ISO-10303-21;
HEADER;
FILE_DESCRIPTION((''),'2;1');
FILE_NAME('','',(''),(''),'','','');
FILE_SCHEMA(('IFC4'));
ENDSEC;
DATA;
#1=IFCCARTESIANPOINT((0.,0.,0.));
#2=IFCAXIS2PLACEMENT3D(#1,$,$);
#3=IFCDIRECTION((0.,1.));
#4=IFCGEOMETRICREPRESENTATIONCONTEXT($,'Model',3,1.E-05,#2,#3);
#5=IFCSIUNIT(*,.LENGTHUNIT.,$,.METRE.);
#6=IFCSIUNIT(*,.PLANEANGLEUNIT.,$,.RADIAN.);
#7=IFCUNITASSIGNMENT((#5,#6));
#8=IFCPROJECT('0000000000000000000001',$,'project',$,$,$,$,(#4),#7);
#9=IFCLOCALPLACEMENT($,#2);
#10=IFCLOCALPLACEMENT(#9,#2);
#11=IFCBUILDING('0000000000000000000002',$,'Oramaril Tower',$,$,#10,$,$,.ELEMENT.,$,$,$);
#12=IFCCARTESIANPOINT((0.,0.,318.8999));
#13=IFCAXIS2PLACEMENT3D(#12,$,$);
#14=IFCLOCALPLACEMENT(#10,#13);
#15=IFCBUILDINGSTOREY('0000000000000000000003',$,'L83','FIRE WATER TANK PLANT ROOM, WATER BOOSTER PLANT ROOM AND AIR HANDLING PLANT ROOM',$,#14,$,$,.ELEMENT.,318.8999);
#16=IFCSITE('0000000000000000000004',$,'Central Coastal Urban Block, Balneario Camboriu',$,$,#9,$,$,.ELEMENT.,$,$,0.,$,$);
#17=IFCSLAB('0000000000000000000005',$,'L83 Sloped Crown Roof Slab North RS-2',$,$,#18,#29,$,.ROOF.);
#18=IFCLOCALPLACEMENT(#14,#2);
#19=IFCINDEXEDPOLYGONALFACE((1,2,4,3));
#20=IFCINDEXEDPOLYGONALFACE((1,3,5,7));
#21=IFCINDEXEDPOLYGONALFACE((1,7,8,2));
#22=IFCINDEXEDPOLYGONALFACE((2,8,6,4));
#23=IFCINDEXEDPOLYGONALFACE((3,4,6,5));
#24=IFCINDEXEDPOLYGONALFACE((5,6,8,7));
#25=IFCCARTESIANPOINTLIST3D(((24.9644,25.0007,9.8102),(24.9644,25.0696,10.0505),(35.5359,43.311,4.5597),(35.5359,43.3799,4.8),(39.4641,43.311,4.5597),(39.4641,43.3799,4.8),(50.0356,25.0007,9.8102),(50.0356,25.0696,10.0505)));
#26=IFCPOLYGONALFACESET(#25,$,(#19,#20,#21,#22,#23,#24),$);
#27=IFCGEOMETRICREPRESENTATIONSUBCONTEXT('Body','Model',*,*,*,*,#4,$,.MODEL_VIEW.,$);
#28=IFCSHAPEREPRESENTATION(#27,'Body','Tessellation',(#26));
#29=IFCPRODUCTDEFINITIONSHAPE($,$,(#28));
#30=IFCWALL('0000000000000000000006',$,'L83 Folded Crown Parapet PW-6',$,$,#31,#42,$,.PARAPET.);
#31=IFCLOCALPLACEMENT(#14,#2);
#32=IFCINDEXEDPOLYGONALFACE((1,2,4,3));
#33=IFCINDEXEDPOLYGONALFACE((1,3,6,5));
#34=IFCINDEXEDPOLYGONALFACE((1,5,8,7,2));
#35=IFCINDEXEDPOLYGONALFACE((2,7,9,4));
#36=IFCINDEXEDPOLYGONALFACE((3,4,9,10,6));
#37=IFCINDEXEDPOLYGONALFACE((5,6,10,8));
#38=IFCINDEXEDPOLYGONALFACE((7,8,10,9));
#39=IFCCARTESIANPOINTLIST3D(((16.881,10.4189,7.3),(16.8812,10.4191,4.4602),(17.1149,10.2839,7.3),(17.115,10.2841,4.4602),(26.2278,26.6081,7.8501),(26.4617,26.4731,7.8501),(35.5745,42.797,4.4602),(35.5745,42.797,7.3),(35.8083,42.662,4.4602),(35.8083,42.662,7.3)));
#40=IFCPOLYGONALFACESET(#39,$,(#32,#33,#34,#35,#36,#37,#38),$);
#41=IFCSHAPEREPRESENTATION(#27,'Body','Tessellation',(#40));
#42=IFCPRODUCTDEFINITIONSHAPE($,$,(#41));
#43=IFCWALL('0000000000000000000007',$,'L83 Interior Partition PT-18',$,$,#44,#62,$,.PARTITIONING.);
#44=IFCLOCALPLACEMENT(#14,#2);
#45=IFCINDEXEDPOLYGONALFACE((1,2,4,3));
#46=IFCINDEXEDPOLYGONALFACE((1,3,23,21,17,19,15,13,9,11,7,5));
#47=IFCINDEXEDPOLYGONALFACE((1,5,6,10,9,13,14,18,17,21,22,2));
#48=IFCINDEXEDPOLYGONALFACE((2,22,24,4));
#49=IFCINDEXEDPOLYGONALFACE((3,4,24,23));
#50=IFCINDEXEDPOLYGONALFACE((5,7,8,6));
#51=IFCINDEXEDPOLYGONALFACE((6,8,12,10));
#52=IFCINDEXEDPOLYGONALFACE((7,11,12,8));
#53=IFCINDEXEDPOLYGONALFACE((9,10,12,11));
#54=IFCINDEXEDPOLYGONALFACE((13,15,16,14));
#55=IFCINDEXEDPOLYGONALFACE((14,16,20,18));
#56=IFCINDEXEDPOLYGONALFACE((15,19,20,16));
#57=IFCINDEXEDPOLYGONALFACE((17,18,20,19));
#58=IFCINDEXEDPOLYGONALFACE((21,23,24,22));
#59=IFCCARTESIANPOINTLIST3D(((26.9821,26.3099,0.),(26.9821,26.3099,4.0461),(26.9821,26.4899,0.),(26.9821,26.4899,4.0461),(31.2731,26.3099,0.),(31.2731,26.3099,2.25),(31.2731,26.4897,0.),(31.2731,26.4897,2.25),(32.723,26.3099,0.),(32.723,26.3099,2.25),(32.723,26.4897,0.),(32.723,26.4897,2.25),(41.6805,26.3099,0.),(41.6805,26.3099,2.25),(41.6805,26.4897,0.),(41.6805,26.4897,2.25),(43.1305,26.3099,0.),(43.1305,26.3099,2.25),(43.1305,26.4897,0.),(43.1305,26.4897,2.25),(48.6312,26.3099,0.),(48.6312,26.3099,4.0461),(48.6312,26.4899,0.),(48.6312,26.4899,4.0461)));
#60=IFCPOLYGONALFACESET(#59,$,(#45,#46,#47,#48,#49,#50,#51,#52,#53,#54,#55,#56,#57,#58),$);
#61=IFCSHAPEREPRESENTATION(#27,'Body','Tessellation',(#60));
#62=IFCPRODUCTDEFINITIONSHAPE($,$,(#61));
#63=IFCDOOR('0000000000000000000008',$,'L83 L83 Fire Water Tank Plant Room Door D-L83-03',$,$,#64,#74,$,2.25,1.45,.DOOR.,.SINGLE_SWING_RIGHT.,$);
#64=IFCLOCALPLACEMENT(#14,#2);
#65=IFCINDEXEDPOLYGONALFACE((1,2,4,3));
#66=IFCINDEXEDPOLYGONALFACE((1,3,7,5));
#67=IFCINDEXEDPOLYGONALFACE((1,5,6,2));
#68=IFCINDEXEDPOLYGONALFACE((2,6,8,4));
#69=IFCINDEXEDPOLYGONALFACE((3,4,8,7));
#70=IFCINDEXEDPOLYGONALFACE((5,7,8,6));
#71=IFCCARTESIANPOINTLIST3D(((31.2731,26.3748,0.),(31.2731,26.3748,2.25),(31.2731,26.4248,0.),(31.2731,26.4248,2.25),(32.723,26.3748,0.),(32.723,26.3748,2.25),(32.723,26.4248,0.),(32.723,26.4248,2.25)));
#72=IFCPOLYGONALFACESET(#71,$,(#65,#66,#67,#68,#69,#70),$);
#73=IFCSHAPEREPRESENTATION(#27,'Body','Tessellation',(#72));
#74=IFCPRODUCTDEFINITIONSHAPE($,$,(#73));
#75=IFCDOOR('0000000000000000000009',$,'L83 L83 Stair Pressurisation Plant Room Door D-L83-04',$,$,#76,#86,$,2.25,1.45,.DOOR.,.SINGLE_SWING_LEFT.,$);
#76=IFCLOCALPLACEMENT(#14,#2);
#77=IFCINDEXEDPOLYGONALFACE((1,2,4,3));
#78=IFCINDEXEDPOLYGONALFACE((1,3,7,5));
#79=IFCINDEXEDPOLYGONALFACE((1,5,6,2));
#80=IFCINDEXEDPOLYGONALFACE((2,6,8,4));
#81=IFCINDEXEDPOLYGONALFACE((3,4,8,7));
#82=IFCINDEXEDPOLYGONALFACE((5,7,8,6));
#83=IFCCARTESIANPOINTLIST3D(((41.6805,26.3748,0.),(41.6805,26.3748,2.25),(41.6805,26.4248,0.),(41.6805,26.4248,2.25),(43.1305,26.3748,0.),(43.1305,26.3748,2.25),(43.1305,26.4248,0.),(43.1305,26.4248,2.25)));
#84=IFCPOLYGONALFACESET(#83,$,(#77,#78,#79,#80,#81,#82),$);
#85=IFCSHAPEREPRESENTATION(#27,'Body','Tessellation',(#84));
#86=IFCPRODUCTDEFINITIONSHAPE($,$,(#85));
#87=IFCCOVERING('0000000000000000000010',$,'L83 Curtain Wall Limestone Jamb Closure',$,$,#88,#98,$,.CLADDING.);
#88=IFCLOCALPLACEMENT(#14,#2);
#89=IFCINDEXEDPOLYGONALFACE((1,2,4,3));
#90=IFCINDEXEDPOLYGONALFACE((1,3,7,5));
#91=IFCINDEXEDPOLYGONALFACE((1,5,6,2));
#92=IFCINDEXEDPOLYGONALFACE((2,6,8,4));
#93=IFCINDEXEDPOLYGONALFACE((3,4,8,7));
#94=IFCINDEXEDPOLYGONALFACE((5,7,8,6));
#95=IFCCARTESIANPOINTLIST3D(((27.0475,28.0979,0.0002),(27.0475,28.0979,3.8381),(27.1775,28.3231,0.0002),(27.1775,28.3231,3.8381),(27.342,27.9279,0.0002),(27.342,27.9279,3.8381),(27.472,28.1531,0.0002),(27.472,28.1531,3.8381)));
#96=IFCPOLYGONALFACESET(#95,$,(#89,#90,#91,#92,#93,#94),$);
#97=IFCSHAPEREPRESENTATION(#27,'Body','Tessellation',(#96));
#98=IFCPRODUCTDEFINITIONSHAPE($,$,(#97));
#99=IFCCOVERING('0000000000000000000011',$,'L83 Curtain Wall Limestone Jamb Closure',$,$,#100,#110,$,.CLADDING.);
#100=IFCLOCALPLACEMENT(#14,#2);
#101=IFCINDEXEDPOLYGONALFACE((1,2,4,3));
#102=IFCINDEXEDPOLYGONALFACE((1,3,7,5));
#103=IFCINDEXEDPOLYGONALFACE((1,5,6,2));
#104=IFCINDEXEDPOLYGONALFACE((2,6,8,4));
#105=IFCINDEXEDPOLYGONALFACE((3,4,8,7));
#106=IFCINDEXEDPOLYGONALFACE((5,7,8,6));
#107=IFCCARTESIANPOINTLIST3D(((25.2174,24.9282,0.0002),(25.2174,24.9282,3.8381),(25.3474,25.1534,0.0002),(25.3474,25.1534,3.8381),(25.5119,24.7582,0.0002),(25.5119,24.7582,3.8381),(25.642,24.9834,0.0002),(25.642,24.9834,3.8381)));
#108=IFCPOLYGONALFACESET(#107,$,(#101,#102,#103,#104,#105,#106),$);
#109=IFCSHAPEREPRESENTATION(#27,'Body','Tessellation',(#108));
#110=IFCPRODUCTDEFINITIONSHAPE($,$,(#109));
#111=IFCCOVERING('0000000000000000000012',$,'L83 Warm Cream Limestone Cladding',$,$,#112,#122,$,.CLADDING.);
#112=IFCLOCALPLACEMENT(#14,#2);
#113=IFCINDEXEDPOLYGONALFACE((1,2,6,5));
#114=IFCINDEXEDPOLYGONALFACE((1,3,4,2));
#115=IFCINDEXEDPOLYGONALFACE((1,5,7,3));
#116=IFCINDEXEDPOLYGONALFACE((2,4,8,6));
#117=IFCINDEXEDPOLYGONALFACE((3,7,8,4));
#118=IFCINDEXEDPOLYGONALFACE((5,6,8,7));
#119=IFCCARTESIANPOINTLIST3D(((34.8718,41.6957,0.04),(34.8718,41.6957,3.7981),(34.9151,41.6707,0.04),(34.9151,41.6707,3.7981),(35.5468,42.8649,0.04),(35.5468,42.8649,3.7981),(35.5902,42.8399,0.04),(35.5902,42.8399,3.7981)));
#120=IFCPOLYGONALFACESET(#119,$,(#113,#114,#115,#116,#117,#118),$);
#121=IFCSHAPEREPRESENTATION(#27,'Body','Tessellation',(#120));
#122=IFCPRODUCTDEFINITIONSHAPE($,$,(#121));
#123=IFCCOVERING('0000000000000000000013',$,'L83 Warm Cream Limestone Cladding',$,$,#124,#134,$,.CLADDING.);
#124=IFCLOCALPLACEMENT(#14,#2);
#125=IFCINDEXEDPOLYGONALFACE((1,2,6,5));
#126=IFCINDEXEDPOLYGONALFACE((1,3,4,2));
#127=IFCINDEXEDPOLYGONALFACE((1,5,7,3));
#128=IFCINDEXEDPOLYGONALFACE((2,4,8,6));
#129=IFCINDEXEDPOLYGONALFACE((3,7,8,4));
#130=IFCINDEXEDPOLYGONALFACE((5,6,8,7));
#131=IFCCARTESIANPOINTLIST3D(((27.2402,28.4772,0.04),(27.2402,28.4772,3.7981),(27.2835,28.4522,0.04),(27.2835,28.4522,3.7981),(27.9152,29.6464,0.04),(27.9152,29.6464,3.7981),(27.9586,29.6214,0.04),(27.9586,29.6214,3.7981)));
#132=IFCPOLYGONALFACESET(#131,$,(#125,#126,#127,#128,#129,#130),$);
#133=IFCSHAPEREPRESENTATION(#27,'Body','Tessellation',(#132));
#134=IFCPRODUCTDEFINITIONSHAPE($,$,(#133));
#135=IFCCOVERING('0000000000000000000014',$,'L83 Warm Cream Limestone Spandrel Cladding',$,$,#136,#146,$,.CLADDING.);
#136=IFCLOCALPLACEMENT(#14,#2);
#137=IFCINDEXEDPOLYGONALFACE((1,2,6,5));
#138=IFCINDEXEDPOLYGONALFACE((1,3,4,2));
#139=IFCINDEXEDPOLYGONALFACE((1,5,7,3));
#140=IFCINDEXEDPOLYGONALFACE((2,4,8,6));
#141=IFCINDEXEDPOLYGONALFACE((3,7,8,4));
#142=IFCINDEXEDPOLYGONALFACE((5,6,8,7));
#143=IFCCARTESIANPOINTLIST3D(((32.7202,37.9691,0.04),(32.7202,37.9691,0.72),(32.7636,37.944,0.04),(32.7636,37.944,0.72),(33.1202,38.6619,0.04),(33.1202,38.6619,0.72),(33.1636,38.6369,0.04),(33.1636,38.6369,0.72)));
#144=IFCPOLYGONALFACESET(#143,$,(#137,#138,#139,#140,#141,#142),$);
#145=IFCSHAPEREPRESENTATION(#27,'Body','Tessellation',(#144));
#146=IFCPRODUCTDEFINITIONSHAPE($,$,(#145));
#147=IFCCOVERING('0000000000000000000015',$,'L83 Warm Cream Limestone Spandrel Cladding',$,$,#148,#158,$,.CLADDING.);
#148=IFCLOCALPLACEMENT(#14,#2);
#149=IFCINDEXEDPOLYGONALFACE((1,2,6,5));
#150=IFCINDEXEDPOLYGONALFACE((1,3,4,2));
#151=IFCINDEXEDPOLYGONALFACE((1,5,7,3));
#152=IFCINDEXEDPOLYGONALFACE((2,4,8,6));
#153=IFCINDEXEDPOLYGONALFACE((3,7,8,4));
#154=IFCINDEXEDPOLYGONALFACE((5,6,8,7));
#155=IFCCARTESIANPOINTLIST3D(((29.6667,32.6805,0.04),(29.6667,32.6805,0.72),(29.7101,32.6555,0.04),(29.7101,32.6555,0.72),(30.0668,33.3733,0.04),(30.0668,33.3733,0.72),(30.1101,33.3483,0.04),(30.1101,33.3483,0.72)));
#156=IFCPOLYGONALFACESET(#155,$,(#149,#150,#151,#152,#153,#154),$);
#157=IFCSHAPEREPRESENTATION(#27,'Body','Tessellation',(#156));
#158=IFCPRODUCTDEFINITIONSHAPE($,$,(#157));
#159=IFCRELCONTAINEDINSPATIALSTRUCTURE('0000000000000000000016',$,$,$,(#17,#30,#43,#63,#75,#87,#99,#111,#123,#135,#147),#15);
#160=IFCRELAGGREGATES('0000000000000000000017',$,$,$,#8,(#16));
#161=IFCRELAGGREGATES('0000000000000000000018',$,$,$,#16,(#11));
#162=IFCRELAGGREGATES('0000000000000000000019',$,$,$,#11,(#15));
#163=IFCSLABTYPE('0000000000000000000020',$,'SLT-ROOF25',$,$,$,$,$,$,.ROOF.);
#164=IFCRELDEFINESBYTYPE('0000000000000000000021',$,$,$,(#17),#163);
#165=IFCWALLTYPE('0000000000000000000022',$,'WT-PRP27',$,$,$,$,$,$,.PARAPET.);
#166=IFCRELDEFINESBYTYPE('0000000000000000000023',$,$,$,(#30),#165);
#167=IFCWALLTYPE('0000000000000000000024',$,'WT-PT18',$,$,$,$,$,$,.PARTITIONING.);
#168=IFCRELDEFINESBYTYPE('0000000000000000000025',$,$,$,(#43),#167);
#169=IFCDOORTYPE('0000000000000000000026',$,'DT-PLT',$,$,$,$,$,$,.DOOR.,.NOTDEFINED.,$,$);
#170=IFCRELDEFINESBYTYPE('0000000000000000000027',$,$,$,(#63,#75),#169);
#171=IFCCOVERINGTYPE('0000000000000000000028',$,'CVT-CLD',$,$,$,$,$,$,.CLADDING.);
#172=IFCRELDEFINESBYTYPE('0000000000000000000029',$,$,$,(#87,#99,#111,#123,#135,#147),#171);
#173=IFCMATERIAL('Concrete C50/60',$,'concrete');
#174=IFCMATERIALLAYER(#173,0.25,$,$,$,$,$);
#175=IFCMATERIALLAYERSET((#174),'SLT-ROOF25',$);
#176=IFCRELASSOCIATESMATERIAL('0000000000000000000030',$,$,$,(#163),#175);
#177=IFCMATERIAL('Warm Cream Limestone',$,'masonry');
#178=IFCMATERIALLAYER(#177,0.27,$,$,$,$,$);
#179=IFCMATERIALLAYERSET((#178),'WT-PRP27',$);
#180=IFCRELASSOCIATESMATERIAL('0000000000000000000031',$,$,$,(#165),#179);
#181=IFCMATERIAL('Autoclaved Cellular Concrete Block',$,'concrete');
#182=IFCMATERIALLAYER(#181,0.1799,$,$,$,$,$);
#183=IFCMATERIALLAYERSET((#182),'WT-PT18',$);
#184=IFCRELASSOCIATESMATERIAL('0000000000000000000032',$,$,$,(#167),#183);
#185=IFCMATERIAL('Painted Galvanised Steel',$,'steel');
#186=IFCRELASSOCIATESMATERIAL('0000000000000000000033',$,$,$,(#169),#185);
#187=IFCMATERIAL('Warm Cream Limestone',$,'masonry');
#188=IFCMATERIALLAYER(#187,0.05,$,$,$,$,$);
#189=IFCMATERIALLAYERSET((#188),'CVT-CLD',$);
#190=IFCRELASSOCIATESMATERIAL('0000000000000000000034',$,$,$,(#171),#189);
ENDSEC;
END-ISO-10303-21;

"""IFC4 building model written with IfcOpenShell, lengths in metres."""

from ifc_helpers import new_model, si_unit, direction, frame, frame_2d, origin, origin_2d, place, context, subcontext, project, spatial, polyline, rectangle, outline, extrude, material, layer, layer_set, type_object, element, fill, save


model = new_model("IFC4")

# Units and contexts
model_context = context("Model", 3, precision=1e-05, world=origin(), true_north=direction((0.0, 1.0)))
body_context = subcontext(model_context, "Body", "Model", "MODEL_VIEW")
ifc_project = project(units=[si_unit("LENGTHUNIT", "METRE"), si_unit("PLANEANGLEUNIT", "RADIAN")], contexts=[model_context])

# Site, building, storey
site_placement = place(None, origin())
site = spatial("IfcSite", under=ifc_project, at=site_placement, Name="Central Coastal Urban Block, Balneario Camboriu", CompositionType="ELEMENT", RefElevation=0.0)
building_placement = place(site_placement, origin())
building = spatial("IfcBuilding", under=site, at=building_placement, Name="Oramaril Tower", CompositionType="ELEMENT")
storey_placement = place(building_placement, frame((0.0, 0.0, 318.8999)))
storey = spatial("IfcBuildingStorey", under=building, at=storey_placement, Name="L83", Description="FIRE WATER TANK PLANT ROOM, WATER BOOSTER PLANT ROOM AND AIR HANDLING PLANT ROOM", CompositionType="ELEMENT", Elevation=318.8999)

# Slab
ifc_material_1 = material(Name="Concrete C50/60", Category="concrete")
ifc_layer_1 = layer(ifc_material_1, 0.25)
ifc_layer_set_1 = layer_set([ifc_layer_1], Name="SLT-ROOF25")
slab_type = type_object("IfcSlabType", Name="SLT-ROOF25", PredefinedType="ROOF", material=ifc_layer_set_1)
slab_placement = place(storey_placement, frame((35.5359, 43.3799, 4.8), z_axis=(0.0, 0.275642, 0.96126), x_axis=(1.0, 0.0, 0.0)))
element("IfcSlab", 1, at=slab_placement, inside=storey, type_object=slab_type, Name="L83 Sloped Crown Roof Slab North RS-2", PredefinedType="ROOF", context=body_context, shape_type="SweptSolid", body=[
    extrude(outline(polyline([(0.0, 0.0), (3.9282, 0.0), (14.4998, -19.0482), (-10.5715, -19.0482), (0.0, 0.0)])), origin(), (0.0, 0.0, -1.0), 0.25),
])

# Wall
ifc_material_2 = material(Name="Warm Cream Limestone", Category="masonry")
ifc_layer_2 = layer(ifc_material_2, 0.27)
ifc_layer_set_2 = layer_set([ifc_layer_2], Name="WT-PRP27")
wall_type_1 = type_object("IfcWallType", Name="WT-PRP27", PredefinedType="PARAPET", material=ifc_layer_set_2)
wall_1_placement = place(storey_placement, frame((35.6914, 42.7295, 4.4602), z_axis=(0.0, 0.0, 1.0), x_axis=(-0.499999, -0.866026, 0.0)))
element("IfcWall", 2, at=wall_1_placement, inside=storey, type_object=wall_type_1, Name="L83 Folded Crown Parapet PW-6", PredefinedType="PARAPET", context=body_context, shape_type="SweptSolid", body=[
    extrude(outline(polyline([(0.0, 0.0), (37.3867, 0.0), (37.387, 2.8398), (18.6934, 3.3899), (0.0, 2.8398), (0.0, 0.0)])), frame((0.0, 0.135, 0.0), z_axis=(0.0, -1.0, 0.0), x_axis=(1.0, 0.0, 0.0)), (0.0, 0.0, 1.0), 0.27),
])

# Wall, openings, doors
ifc_material_3 = material(Name="Autoclaved Cellular Concrete Block", Category="concrete")
ifc_layer_3 = layer(ifc_material_3, 0.1799)
ifc_layer_set_3 = layer_set([ifc_layer_3], Name="WT-PT18")
wall_type_2 = type_object("IfcWallType", Name="WT-PT18", PredefinedType="PARTITIONING", material=ifc_layer_set_3)
wall_2_placement = place(storey_placement, frame((26.9819, 26.3999, 0.0), z_axis=(0.0, 0.0, 1.0), x_axis=(1.0, 0.0, 0.0)))
wall_2 = element("IfcWall", 3, at=wall_2_placement, inside=storey, type_object=wall_type_2, Name="L83 Interior Partition PT-18", PredefinedType="PARTITIONING", context=body_context, shape_type="SweptSolid", body=[
    extrude(rectangle(XDim=21.6492, YDim=0.1799, at=frame_2d((10.8247, 0.0))), origin(), (0.0, 0.0, 1.0), 4.0461),
])
opening_1_placement = place(wall_2_placement, frame((4.291, 0.0, 0.0)))
opening_1 = element("IfcOpeningElement", 4, at=opening_1_placement, cuts=wall_2, PredefinedType="OPENING", context=body_context, shape_type="SweptSolid", body=[
    extrude(rectangle(XDim=1.45, YDim=2.25, at=frame_2d((0.7251, 1.125))), frame((0.0, 0.0898, 0.0), z_axis=(0.0, -1.0, 0.0), x_axis=(1.0, 0.0, 0.0)), (0.0, 0.0, 1.0), 0.1799),
])
opening_2_placement = place(wall_2_placement, frame((14.6985, 0.0, 0.0)))
opening_2 = element("IfcOpeningElement", 5, at=opening_2_placement, cuts=wall_2, PredefinedType="OPENING", context=body_context, shape_type="SweptSolid", body=[
    extrude(rectangle(XDim=1.45, YDim=2.25, at=frame_2d((0.7251, 1.125))), frame((0.0, 0.0898, 0.0), z_axis=(0.0, -1.0, 0.0), x_axis=(1.0, 0.0, 0.0)), (0.0, 0.0, 1.0), 0.1799),
])
ifc_material_4 = material(Name="Painted Galvanised Steel", Category="steel")
door_type = type_object("IfcDoorType", Name="DT-PLT", OperationType="NOTDEFINED", PredefinedType="DOOR", material=ifc_material_4)
door_1_placement = place(opening_1_placement, origin())
door_1 = element("IfcDoor", 6, at=door_1_placement, inside=storey, type_object=door_type, Name="L83 L83 Fire Water Tank Plant Room Door D-L83-03", OperationType="SINGLE_SWING_RIGHT", OverallHeight=2.25, OverallWidth=1.45, PredefinedType="DOOR", context=body_context, shape_type="SweptSolid", body=[
    extrude(rectangle(XDim=1.45, YDim=2.25, at=frame_2d((0.7251, 1.125))), frame((0.0, 0.0249, 0.0), z_axis=(0.0, -1.0, 0.0), x_axis=(1.0, 0.0, 0.0)), (0.0, 0.0, 1.0), 0.05),
])
fill(opening_1, door_1)
door_2_placement = place(opening_2_placement, origin())
door_2 = element("IfcDoor", 7, at=door_2_placement, inside=storey, type_object=door_type, Name="L83 L83 Stair Pressurisation Plant Room Door D-L83-04", OperationType="SINGLE_SWING_LEFT", OverallHeight=2.25, OverallWidth=1.45, PredefinedType="DOOR", context=body_context, shape_type="SweptSolid", body=[
    extrude(rectangle(XDim=1.45, YDim=2.25, at=frame_2d((0.7251, 1.125))), frame((0.0, 0.0249, 0.0), z_axis=(0.0, -1.0, 0.0), x_axis=(1.0, 0.0, 0.0)), (0.0, 0.0, 1.0), 0.05),
])
fill(opening_2, door_2)

# Coverings
ifc_material_5 = material(Name="Warm Cream Limestone", Category="masonry")
ifc_layer_4 = layer(ifc_material_5, 0.05)
ifc_layer_set_4 = layer_set([ifc_layer_4], Name="CVT-CLD")
covering_type = type_object("IfcCoveringType", Name="CVT-CLD", PredefinedType="CLADDING", material=ifc_layer_set_4)
for number, where, z_axis, x_axis, name in (
    (8, (27.2598, 28.1255, 0.0002), (0.0, 0.0, 1.0), (-0.5, -0.866025, 0.0), "L83 Curtain Wall Limestone Jamb Closure"),
    (9, (25.4297, 24.9558, 0.0002), (0.0, 0.0, 1.0), (-0.5, -0.866025, 0.0), "L83 Curtain Wall Limestone Jamb Closure"),
):
    element("IfcCovering", number, at=place(storey_placement, frame(where, z_axis=z_axis, x_axis=x_axis)), inside=storey, type_object=covering_type, Name=name, PredefinedType="CLADDING", context=body_context, shape_type="SweptSolid", body=[
        extrude(rectangle(XDim=0.26, YDim=0.3401, at=origin_2d()), origin(), (0.0, 0.0, 1.0), 3.8379),
    ])
for number, where, z_axis, x_axis, name in (
    (10, (35.231, 42.2678, 0.04), (0.0, 0.0, 1.0), (-0.5, -0.866025, 0.0), "L83 Warm Cream Limestone Cladding"),
    (11, (27.5994, 29.0493, 0.04), (0.0, 0.0, 1.0), (-0.5, -0.866025, 0.0), "L83 Warm Cream Limestone Cladding"),
):
    element("IfcCovering", number, at=place(storey_placement, frame(where, z_axis=z_axis, x_axis=x_axis)), inside=storey, type_object=covering_type, Name=name, PredefinedType="CLADDING", context=body_context, shape_type="SweptSolid", body=[
        extrude(rectangle(XDim=1.3501, YDim=0.05, at=origin_2d()), origin(), (0.0, 0.0, 1.0), 3.7581),
    ])
for number, where, z_axis, x_axis, name in (
    (12, (32.9419, 38.303, 0.04), (0.0, 0.0, 1.0), (-0.5, -0.866025, 0.0), "L83 Warm Cream Limestone Spandrel Cladding"),
    (13, (29.8884, 33.0144, 0.04), (0.0, 0.0, 1.0), (-0.5, -0.866025, 0.0), "L83 Warm Cream Limestone Spandrel Cladding"),
):
    element("IfcCovering", number, at=place(storey_placement, frame(where, z_axis=z_axis, x_axis=x_axis)), inside=storey, type_object=covering_type, Name=name, PredefinedType="CLADDING", context=body_context, shape_type="SweptSolid", body=[
        extrude(rectangle(XDim=0.8, YDim=0.05, at=origin_2d()), origin(), (0.0, 0.0, 1.0), 0.6799),
    ])

save(model, "model.ifc")
